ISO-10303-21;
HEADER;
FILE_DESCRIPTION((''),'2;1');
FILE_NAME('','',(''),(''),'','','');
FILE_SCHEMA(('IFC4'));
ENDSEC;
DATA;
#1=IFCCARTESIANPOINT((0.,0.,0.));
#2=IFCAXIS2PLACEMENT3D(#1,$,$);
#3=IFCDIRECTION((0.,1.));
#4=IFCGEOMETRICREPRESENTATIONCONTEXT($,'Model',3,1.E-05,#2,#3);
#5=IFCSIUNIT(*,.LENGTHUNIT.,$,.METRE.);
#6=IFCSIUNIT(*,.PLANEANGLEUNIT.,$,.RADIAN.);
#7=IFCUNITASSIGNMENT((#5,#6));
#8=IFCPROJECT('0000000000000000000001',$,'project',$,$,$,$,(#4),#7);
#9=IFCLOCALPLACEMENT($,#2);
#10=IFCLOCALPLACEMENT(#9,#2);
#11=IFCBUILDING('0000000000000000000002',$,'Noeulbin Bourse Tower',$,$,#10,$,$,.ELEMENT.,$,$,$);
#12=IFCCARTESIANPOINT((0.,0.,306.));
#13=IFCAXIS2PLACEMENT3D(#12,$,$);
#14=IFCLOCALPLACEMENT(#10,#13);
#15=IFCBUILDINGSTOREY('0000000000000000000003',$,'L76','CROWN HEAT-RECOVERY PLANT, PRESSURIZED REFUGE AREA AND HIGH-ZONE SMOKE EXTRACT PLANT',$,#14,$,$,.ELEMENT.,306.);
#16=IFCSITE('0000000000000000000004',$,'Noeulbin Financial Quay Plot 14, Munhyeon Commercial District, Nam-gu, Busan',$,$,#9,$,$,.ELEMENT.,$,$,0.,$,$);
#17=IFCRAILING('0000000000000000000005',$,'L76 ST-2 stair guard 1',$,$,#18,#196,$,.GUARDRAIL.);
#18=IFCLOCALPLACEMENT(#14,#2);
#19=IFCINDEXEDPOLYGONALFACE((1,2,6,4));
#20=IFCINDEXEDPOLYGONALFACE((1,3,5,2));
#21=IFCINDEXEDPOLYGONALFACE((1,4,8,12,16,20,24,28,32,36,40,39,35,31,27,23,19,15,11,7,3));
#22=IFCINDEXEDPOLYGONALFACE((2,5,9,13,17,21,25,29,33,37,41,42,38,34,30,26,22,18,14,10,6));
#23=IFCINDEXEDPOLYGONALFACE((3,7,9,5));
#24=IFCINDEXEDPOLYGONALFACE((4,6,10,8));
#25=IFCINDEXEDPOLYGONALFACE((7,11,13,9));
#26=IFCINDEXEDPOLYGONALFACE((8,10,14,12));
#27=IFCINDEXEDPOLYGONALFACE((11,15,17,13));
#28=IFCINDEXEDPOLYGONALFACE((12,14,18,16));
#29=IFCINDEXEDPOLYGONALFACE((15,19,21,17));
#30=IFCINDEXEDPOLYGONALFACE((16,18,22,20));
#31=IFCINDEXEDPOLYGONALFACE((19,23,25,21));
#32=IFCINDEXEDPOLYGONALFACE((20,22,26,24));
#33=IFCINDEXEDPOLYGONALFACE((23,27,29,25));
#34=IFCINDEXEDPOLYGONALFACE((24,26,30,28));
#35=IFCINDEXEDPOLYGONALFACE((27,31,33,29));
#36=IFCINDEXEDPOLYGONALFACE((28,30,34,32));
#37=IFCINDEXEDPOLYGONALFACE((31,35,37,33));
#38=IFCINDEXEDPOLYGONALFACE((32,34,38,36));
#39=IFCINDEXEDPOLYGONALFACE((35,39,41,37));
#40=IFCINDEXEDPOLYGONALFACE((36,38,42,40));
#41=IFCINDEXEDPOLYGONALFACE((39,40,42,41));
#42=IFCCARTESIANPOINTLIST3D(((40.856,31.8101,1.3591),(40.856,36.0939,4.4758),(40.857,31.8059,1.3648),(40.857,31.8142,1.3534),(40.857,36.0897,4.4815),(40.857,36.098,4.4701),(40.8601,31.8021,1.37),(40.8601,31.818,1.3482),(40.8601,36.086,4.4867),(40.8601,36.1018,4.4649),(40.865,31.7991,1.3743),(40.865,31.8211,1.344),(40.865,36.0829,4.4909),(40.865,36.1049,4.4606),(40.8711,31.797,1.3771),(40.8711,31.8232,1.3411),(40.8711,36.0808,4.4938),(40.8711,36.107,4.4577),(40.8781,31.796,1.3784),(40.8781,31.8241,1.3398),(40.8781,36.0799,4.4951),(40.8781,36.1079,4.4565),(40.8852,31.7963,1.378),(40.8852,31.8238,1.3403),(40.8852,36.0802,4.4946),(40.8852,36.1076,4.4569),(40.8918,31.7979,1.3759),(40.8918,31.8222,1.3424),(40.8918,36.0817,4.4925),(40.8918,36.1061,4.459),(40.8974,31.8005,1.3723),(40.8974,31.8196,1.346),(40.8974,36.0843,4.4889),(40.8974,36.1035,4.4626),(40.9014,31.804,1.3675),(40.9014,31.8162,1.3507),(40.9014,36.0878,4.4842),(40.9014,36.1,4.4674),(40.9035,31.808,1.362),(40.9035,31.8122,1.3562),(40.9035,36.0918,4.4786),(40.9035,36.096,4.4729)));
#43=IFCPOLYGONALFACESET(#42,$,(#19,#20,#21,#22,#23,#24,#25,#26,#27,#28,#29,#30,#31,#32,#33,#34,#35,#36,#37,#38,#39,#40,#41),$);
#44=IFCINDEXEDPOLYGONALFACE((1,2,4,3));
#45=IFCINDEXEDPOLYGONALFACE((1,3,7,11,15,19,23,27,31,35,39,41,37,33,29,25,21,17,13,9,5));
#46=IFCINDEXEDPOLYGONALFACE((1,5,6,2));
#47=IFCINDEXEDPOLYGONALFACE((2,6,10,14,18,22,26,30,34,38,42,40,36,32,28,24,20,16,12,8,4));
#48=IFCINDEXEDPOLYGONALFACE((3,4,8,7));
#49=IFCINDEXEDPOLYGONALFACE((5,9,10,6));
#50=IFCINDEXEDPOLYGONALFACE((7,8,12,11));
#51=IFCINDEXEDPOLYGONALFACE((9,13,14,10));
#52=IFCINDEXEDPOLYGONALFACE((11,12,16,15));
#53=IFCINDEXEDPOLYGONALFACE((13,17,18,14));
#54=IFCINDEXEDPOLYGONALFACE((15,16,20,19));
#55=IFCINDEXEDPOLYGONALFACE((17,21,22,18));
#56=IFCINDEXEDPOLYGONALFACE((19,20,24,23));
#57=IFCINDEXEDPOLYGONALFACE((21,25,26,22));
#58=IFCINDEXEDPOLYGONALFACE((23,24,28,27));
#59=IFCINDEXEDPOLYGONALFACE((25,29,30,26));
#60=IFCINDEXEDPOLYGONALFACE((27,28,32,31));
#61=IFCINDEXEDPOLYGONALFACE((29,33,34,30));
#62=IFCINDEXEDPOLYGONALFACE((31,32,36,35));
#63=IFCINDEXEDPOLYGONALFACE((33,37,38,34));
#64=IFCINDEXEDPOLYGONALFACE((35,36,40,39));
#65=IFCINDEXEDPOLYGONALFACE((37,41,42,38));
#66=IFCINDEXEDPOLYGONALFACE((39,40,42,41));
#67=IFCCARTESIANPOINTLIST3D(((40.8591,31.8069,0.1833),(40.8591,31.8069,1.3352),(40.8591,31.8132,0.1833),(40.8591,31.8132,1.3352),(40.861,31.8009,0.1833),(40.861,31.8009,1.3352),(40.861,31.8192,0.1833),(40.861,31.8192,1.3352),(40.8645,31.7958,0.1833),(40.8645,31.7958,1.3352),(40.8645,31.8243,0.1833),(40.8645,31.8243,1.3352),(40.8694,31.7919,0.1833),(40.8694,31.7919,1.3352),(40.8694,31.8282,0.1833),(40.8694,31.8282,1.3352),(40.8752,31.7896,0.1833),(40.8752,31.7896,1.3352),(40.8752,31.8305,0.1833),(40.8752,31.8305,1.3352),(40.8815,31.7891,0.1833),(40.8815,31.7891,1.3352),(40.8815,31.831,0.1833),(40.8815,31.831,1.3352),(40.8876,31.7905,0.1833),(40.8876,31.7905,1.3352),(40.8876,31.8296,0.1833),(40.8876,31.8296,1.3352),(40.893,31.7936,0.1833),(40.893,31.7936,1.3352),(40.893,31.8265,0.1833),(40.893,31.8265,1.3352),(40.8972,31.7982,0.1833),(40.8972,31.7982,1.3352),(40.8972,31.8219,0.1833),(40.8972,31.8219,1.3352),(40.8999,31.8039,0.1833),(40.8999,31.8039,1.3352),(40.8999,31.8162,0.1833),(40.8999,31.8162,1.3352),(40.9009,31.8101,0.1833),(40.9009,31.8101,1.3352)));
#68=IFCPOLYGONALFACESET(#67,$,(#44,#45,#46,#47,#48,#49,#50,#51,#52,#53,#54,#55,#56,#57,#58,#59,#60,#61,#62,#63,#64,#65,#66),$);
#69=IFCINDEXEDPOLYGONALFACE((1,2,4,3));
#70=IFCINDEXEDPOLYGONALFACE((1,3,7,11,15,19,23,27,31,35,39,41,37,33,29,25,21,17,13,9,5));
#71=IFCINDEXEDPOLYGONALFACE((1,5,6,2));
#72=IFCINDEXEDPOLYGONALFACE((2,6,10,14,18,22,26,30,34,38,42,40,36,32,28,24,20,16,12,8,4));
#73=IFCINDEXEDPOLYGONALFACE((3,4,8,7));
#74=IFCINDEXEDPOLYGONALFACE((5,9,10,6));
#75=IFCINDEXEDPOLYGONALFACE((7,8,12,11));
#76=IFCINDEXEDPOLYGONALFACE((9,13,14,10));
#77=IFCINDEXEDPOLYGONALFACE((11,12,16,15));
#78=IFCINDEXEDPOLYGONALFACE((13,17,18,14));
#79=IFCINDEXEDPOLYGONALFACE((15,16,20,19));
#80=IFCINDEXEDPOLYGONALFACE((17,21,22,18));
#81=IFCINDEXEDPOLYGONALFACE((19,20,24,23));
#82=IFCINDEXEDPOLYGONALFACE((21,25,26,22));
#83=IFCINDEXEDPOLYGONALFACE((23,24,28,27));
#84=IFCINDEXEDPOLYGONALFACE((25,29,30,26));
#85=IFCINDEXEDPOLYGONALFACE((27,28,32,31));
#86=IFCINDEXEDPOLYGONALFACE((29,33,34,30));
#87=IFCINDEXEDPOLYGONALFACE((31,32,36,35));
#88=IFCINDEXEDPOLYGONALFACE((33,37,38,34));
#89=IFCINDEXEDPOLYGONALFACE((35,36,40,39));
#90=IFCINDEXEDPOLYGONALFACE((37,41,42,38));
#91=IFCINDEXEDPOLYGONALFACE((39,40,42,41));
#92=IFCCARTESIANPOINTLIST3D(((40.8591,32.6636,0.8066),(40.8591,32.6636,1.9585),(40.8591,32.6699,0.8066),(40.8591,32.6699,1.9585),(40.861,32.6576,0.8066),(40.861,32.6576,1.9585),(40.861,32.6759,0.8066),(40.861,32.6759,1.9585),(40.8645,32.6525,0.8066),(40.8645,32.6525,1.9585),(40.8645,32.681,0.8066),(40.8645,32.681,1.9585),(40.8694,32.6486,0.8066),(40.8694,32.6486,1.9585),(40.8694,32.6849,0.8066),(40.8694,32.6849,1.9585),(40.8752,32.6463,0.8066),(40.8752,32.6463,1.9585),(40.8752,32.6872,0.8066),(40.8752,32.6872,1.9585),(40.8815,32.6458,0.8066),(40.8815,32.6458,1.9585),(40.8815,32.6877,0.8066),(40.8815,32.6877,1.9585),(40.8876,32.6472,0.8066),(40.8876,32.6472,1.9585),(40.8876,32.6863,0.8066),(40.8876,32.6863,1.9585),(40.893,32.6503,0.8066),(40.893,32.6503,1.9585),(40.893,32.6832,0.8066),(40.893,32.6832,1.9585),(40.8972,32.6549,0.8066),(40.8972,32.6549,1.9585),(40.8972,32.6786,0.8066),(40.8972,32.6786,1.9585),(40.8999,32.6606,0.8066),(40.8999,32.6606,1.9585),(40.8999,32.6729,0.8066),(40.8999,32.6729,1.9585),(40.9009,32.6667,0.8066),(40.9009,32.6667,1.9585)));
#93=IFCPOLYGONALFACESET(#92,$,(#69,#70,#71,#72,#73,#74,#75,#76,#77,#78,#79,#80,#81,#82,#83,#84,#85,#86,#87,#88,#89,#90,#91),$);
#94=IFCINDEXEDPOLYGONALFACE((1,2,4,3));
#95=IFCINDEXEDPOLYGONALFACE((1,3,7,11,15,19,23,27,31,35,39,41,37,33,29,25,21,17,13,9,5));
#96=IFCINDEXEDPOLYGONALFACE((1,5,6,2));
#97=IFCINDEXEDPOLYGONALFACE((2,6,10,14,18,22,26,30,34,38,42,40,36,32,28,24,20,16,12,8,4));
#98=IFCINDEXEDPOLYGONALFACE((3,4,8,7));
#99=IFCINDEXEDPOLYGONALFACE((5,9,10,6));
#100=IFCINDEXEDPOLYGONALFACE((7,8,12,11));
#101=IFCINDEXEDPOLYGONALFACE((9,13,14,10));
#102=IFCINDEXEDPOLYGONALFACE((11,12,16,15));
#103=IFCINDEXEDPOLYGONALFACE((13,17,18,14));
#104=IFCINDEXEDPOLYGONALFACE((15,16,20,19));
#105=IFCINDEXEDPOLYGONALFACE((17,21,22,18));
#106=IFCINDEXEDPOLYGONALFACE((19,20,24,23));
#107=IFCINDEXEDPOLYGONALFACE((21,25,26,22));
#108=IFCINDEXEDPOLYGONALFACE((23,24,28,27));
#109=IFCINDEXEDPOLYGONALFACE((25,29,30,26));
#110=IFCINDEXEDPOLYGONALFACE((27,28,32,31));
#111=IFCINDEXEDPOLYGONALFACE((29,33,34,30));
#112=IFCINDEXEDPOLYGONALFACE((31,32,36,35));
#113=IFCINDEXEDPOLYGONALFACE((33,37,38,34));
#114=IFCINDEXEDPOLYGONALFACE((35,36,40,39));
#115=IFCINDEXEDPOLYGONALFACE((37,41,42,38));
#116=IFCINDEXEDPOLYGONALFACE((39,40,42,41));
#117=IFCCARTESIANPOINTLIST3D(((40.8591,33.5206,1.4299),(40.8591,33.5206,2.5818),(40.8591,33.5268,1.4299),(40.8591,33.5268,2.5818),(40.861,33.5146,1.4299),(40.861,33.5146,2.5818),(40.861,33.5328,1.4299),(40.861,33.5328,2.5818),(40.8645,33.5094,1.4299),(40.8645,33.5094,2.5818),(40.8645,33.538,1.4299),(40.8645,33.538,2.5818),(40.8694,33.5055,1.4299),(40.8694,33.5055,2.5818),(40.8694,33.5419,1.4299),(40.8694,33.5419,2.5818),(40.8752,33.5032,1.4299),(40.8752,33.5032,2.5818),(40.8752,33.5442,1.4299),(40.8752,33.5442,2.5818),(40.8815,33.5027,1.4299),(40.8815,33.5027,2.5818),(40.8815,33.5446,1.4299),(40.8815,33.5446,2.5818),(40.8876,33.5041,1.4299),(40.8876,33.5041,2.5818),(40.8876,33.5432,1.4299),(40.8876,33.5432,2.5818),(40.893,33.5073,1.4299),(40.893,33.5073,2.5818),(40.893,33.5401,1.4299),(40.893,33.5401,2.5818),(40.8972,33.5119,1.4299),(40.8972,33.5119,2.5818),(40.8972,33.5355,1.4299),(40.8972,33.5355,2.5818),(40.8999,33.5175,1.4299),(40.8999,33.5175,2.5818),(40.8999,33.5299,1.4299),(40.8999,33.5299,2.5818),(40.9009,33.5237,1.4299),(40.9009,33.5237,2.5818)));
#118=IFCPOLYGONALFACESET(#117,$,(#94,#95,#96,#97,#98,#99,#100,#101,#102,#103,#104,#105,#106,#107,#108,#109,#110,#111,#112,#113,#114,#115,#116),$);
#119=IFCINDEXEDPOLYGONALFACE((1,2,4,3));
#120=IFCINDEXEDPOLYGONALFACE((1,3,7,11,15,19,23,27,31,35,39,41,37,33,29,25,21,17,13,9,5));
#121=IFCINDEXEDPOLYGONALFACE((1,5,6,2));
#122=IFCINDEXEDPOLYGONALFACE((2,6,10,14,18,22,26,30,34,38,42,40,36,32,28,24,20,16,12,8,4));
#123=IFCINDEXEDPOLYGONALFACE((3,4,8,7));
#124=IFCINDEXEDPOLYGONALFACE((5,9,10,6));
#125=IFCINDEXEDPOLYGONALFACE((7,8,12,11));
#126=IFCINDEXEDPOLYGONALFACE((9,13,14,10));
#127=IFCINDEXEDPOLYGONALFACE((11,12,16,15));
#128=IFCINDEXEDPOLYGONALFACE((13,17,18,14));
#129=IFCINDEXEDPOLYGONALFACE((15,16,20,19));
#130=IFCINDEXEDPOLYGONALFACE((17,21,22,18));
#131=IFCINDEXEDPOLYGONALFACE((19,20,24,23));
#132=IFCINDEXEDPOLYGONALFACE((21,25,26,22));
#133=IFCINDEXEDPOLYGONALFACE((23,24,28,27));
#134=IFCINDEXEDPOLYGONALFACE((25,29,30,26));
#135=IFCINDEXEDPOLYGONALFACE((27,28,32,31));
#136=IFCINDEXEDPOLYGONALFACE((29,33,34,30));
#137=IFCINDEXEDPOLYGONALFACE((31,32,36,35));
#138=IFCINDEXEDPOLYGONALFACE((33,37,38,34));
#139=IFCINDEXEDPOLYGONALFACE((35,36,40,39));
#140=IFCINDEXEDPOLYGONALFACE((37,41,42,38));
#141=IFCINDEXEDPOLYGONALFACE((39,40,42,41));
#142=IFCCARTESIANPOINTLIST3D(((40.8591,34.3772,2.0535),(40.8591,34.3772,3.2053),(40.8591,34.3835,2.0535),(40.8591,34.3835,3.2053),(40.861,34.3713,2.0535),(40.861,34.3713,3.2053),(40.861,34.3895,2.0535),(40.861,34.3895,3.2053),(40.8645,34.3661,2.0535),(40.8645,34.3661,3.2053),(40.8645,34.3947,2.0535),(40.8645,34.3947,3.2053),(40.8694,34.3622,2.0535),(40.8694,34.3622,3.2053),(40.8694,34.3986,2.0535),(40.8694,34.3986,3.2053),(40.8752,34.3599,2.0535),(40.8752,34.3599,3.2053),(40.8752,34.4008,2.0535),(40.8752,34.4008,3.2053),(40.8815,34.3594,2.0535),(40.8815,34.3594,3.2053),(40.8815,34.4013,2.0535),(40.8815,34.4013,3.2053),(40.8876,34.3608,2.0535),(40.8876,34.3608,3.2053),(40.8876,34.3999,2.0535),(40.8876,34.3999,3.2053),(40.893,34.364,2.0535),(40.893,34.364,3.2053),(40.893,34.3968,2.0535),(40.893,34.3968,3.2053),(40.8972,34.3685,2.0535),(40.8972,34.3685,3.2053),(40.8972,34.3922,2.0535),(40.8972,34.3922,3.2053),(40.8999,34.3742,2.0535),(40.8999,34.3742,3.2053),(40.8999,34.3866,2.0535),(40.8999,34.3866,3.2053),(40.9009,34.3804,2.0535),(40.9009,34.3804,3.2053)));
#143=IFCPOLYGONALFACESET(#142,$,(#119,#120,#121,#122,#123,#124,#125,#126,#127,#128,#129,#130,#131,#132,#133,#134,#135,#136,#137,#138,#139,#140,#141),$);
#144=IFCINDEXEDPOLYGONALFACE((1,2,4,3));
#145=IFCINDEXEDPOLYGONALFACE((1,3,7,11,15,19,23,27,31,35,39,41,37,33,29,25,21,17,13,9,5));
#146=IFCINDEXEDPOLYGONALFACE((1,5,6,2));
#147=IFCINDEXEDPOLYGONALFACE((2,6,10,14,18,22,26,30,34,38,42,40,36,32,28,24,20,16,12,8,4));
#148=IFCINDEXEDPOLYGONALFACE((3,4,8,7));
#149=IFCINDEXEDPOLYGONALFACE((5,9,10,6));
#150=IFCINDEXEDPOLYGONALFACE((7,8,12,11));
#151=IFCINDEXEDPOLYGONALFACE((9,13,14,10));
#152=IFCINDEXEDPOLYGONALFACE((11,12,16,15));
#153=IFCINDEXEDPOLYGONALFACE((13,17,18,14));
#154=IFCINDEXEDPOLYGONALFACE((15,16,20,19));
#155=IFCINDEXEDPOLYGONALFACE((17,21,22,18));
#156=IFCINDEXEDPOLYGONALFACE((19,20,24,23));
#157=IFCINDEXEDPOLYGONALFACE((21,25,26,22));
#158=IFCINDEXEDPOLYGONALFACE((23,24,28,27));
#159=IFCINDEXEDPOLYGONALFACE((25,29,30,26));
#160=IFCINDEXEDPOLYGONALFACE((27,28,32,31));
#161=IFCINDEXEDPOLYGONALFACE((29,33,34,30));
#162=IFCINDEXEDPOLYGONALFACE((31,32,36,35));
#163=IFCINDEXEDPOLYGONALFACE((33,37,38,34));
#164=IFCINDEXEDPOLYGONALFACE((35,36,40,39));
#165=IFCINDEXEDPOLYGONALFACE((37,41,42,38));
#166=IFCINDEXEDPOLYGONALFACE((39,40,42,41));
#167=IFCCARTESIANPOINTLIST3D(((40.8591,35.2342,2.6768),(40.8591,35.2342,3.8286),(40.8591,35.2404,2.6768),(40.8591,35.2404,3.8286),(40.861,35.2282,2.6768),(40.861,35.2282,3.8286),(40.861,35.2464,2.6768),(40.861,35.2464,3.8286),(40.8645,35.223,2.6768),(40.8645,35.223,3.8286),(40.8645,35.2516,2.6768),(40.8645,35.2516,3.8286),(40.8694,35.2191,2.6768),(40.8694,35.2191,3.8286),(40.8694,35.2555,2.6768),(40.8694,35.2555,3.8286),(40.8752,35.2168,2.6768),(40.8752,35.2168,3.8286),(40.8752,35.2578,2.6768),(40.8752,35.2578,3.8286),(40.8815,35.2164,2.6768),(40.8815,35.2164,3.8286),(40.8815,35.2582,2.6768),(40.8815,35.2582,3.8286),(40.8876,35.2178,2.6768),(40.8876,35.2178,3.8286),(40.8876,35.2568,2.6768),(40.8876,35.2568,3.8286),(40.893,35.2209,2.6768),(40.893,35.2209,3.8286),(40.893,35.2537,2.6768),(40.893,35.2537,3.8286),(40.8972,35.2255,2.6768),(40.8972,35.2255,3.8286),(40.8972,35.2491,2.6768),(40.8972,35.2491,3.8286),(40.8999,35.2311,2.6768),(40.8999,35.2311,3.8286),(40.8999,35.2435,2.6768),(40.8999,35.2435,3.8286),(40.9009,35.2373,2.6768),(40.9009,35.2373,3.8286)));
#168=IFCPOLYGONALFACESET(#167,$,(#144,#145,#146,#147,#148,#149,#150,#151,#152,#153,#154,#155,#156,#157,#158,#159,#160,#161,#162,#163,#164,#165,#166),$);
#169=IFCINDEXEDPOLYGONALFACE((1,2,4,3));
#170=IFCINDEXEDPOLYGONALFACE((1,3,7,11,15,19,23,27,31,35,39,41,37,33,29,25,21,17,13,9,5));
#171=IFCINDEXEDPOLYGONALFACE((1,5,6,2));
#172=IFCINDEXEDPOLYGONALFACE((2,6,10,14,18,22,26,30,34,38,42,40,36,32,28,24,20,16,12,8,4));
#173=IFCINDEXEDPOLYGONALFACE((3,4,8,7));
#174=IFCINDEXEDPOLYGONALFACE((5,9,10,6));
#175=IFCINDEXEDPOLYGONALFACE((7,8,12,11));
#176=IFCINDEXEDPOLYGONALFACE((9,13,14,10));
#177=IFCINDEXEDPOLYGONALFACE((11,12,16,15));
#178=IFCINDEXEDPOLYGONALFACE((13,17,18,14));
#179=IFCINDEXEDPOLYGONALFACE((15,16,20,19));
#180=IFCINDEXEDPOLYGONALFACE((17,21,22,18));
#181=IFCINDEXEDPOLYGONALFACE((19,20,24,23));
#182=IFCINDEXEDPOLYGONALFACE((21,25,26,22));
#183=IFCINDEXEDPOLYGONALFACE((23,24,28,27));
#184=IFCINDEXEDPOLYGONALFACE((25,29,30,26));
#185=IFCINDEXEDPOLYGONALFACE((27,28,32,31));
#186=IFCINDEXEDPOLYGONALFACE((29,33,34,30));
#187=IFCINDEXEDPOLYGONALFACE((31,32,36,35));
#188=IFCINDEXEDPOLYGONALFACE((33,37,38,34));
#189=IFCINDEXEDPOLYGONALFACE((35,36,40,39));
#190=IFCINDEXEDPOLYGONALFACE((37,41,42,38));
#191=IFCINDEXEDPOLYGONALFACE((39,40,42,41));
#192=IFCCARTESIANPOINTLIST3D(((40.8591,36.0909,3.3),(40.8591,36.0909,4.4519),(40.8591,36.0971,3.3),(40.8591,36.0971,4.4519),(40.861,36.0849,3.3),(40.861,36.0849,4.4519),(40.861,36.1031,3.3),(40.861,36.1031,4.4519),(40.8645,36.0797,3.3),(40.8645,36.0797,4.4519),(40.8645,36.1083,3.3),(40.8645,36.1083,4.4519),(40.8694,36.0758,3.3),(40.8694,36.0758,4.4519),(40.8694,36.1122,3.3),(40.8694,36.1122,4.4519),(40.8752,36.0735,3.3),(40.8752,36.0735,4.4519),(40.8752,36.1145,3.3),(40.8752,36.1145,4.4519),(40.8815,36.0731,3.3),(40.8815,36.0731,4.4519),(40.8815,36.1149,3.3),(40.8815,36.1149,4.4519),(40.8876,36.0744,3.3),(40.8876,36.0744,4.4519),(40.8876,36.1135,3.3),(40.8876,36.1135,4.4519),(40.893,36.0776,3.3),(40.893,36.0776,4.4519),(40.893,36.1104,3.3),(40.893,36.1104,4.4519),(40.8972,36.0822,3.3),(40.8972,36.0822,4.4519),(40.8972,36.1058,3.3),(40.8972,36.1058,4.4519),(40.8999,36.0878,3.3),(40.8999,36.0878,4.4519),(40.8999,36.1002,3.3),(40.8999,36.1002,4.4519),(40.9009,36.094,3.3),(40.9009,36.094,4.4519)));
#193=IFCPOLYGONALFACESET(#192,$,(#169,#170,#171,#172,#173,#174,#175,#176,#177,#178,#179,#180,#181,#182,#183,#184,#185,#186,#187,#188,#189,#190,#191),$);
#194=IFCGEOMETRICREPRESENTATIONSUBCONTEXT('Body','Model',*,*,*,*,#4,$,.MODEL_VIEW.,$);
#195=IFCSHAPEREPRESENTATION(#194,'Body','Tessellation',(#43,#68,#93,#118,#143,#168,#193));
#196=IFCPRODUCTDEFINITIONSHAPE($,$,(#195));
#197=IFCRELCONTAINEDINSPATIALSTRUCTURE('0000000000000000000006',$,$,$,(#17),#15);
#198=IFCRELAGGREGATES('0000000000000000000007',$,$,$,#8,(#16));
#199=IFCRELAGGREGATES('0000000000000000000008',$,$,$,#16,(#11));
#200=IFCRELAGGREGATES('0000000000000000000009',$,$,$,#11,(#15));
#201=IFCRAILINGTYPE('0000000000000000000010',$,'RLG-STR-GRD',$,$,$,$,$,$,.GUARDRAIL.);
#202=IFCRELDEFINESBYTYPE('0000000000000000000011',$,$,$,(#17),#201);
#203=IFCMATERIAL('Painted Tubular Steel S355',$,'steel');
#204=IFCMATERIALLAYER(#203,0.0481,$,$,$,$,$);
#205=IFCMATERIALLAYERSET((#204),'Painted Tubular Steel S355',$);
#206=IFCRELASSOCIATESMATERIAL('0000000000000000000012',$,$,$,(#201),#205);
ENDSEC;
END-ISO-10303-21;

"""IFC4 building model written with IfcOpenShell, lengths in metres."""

from ifc_helpers import new_model, si_unit, direction, frame, origin, origin_2d, place, context, subcontext, project, spatial, circle, extrude, material, layer, layer_set, type_object, element, save


model = new_model("IFC4")

# Units and contexts
model_context = context("Model", 3, precision=1e-05, world=origin(), true_north=direction((0.0, 1.0)))
body_context = subcontext(model_context, "Body", "Model", "MODEL_VIEW")
ifc_project = project(units=[si_unit("LENGTHUNIT", "METRE"), si_unit("PLANEANGLEUNIT", "RADIAN")], contexts=[model_context])

# Site, building, storey
site_placement = place(None, origin())
site = spatial("IfcSite", under=ifc_project, at=site_placement, Name="Noeulbin Financial Quay Plot 14, Munhyeon Commercial District, Nam-gu, Busan", CompositionType="ELEMENT", RefElevation=0.0)
building_placement = place(site_placement, origin())
building = spatial("IfcBuilding", under=site, at=building_placement, Name="Noeulbin Bourse Tower", CompositionType="ELEMENT")
storey_placement = place(building_placement, frame((0.0, 0.0, 306.0)))
storey = spatial("IfcBuildingStorey", under=building, at=storey_placement, Name="L76", Description="CROWN HEAT-RECOVERY PLANT, PRESSURIZED REFUGE AREA AND HIGH-ZONE SMOKE EXTRACT PLANT", CompositionType="ELEMENT", Elevation=306.0)

# Railing
ifc_material_1 = material(Name="Painted Tubular Steel S355", Category="steel")
ifc_layer_1 = layer(ifc_material_1, 0.0481)
ifc_layer_set_1 = layer_set([ifc_layer_1], Name="Painted Tubular Steel S355")
railing_type = type_object("IfcRailingType", Name="RLG-STR-GRD", PredefinedType="GUARDRAIL", material=ifc_layer_set_1)
railing_1_placement = place(storey_placement, frame((40.8799, 31.8101, 0.1833)))
element("IfcRailing", 1, at=railing_1_placement, inside=storey, type_object=railing_type, Name="L76 ST-2 stair guard 1", PredefinedType="GUARDRAIL", context=body_context, shape_type="SweptSolid", body=[
    extrude(circle(Radius=0.0239, at=origin_2d()), frame((0.0, 0.0, 1.1758), z_axis=(0.0, 0.808636, 0.588309), x_axis=(-1.0, 0.0, 0.0)), (0.0, 0.0, 1.0), 5.2976),
    extrude(circle(Radius=0.021, at=origin_2d()), origin(), (0.0, 0.0, 1.0), 1.1519),
    extrude(circle(Radius=0.021, at=origin_2d()), frame((0.0, 0.8567, 0.6233)), (0.0, 0.0, 1.0), 1.1519),
    extrude(circle(Radius=0.021, at=origin_2d()), frame((0.0, 1.7136, 1.2466)), (0.0, 0.0, 1.0), 1.1519),
    extrude(circle(Radius=0.021, at=origin_2d()), frame((0.0, 2.5703, 1.8701)), (0.0, 0.0, 1.0), 1.1519),
    extrude(circle(Radius=0.021, at=origin_2d()), frame((0.0, 3.4272, 2.4934)), (0.0, 0.0, 1.0), 1.1519),
    extrude(circle(Radius=0.021, at=origin_2d()), frame((0.0, 4.2839, 3.1167)), (0.0, 0.0, 1.0), 1.1519),
])

save(model, "model.ifc")
